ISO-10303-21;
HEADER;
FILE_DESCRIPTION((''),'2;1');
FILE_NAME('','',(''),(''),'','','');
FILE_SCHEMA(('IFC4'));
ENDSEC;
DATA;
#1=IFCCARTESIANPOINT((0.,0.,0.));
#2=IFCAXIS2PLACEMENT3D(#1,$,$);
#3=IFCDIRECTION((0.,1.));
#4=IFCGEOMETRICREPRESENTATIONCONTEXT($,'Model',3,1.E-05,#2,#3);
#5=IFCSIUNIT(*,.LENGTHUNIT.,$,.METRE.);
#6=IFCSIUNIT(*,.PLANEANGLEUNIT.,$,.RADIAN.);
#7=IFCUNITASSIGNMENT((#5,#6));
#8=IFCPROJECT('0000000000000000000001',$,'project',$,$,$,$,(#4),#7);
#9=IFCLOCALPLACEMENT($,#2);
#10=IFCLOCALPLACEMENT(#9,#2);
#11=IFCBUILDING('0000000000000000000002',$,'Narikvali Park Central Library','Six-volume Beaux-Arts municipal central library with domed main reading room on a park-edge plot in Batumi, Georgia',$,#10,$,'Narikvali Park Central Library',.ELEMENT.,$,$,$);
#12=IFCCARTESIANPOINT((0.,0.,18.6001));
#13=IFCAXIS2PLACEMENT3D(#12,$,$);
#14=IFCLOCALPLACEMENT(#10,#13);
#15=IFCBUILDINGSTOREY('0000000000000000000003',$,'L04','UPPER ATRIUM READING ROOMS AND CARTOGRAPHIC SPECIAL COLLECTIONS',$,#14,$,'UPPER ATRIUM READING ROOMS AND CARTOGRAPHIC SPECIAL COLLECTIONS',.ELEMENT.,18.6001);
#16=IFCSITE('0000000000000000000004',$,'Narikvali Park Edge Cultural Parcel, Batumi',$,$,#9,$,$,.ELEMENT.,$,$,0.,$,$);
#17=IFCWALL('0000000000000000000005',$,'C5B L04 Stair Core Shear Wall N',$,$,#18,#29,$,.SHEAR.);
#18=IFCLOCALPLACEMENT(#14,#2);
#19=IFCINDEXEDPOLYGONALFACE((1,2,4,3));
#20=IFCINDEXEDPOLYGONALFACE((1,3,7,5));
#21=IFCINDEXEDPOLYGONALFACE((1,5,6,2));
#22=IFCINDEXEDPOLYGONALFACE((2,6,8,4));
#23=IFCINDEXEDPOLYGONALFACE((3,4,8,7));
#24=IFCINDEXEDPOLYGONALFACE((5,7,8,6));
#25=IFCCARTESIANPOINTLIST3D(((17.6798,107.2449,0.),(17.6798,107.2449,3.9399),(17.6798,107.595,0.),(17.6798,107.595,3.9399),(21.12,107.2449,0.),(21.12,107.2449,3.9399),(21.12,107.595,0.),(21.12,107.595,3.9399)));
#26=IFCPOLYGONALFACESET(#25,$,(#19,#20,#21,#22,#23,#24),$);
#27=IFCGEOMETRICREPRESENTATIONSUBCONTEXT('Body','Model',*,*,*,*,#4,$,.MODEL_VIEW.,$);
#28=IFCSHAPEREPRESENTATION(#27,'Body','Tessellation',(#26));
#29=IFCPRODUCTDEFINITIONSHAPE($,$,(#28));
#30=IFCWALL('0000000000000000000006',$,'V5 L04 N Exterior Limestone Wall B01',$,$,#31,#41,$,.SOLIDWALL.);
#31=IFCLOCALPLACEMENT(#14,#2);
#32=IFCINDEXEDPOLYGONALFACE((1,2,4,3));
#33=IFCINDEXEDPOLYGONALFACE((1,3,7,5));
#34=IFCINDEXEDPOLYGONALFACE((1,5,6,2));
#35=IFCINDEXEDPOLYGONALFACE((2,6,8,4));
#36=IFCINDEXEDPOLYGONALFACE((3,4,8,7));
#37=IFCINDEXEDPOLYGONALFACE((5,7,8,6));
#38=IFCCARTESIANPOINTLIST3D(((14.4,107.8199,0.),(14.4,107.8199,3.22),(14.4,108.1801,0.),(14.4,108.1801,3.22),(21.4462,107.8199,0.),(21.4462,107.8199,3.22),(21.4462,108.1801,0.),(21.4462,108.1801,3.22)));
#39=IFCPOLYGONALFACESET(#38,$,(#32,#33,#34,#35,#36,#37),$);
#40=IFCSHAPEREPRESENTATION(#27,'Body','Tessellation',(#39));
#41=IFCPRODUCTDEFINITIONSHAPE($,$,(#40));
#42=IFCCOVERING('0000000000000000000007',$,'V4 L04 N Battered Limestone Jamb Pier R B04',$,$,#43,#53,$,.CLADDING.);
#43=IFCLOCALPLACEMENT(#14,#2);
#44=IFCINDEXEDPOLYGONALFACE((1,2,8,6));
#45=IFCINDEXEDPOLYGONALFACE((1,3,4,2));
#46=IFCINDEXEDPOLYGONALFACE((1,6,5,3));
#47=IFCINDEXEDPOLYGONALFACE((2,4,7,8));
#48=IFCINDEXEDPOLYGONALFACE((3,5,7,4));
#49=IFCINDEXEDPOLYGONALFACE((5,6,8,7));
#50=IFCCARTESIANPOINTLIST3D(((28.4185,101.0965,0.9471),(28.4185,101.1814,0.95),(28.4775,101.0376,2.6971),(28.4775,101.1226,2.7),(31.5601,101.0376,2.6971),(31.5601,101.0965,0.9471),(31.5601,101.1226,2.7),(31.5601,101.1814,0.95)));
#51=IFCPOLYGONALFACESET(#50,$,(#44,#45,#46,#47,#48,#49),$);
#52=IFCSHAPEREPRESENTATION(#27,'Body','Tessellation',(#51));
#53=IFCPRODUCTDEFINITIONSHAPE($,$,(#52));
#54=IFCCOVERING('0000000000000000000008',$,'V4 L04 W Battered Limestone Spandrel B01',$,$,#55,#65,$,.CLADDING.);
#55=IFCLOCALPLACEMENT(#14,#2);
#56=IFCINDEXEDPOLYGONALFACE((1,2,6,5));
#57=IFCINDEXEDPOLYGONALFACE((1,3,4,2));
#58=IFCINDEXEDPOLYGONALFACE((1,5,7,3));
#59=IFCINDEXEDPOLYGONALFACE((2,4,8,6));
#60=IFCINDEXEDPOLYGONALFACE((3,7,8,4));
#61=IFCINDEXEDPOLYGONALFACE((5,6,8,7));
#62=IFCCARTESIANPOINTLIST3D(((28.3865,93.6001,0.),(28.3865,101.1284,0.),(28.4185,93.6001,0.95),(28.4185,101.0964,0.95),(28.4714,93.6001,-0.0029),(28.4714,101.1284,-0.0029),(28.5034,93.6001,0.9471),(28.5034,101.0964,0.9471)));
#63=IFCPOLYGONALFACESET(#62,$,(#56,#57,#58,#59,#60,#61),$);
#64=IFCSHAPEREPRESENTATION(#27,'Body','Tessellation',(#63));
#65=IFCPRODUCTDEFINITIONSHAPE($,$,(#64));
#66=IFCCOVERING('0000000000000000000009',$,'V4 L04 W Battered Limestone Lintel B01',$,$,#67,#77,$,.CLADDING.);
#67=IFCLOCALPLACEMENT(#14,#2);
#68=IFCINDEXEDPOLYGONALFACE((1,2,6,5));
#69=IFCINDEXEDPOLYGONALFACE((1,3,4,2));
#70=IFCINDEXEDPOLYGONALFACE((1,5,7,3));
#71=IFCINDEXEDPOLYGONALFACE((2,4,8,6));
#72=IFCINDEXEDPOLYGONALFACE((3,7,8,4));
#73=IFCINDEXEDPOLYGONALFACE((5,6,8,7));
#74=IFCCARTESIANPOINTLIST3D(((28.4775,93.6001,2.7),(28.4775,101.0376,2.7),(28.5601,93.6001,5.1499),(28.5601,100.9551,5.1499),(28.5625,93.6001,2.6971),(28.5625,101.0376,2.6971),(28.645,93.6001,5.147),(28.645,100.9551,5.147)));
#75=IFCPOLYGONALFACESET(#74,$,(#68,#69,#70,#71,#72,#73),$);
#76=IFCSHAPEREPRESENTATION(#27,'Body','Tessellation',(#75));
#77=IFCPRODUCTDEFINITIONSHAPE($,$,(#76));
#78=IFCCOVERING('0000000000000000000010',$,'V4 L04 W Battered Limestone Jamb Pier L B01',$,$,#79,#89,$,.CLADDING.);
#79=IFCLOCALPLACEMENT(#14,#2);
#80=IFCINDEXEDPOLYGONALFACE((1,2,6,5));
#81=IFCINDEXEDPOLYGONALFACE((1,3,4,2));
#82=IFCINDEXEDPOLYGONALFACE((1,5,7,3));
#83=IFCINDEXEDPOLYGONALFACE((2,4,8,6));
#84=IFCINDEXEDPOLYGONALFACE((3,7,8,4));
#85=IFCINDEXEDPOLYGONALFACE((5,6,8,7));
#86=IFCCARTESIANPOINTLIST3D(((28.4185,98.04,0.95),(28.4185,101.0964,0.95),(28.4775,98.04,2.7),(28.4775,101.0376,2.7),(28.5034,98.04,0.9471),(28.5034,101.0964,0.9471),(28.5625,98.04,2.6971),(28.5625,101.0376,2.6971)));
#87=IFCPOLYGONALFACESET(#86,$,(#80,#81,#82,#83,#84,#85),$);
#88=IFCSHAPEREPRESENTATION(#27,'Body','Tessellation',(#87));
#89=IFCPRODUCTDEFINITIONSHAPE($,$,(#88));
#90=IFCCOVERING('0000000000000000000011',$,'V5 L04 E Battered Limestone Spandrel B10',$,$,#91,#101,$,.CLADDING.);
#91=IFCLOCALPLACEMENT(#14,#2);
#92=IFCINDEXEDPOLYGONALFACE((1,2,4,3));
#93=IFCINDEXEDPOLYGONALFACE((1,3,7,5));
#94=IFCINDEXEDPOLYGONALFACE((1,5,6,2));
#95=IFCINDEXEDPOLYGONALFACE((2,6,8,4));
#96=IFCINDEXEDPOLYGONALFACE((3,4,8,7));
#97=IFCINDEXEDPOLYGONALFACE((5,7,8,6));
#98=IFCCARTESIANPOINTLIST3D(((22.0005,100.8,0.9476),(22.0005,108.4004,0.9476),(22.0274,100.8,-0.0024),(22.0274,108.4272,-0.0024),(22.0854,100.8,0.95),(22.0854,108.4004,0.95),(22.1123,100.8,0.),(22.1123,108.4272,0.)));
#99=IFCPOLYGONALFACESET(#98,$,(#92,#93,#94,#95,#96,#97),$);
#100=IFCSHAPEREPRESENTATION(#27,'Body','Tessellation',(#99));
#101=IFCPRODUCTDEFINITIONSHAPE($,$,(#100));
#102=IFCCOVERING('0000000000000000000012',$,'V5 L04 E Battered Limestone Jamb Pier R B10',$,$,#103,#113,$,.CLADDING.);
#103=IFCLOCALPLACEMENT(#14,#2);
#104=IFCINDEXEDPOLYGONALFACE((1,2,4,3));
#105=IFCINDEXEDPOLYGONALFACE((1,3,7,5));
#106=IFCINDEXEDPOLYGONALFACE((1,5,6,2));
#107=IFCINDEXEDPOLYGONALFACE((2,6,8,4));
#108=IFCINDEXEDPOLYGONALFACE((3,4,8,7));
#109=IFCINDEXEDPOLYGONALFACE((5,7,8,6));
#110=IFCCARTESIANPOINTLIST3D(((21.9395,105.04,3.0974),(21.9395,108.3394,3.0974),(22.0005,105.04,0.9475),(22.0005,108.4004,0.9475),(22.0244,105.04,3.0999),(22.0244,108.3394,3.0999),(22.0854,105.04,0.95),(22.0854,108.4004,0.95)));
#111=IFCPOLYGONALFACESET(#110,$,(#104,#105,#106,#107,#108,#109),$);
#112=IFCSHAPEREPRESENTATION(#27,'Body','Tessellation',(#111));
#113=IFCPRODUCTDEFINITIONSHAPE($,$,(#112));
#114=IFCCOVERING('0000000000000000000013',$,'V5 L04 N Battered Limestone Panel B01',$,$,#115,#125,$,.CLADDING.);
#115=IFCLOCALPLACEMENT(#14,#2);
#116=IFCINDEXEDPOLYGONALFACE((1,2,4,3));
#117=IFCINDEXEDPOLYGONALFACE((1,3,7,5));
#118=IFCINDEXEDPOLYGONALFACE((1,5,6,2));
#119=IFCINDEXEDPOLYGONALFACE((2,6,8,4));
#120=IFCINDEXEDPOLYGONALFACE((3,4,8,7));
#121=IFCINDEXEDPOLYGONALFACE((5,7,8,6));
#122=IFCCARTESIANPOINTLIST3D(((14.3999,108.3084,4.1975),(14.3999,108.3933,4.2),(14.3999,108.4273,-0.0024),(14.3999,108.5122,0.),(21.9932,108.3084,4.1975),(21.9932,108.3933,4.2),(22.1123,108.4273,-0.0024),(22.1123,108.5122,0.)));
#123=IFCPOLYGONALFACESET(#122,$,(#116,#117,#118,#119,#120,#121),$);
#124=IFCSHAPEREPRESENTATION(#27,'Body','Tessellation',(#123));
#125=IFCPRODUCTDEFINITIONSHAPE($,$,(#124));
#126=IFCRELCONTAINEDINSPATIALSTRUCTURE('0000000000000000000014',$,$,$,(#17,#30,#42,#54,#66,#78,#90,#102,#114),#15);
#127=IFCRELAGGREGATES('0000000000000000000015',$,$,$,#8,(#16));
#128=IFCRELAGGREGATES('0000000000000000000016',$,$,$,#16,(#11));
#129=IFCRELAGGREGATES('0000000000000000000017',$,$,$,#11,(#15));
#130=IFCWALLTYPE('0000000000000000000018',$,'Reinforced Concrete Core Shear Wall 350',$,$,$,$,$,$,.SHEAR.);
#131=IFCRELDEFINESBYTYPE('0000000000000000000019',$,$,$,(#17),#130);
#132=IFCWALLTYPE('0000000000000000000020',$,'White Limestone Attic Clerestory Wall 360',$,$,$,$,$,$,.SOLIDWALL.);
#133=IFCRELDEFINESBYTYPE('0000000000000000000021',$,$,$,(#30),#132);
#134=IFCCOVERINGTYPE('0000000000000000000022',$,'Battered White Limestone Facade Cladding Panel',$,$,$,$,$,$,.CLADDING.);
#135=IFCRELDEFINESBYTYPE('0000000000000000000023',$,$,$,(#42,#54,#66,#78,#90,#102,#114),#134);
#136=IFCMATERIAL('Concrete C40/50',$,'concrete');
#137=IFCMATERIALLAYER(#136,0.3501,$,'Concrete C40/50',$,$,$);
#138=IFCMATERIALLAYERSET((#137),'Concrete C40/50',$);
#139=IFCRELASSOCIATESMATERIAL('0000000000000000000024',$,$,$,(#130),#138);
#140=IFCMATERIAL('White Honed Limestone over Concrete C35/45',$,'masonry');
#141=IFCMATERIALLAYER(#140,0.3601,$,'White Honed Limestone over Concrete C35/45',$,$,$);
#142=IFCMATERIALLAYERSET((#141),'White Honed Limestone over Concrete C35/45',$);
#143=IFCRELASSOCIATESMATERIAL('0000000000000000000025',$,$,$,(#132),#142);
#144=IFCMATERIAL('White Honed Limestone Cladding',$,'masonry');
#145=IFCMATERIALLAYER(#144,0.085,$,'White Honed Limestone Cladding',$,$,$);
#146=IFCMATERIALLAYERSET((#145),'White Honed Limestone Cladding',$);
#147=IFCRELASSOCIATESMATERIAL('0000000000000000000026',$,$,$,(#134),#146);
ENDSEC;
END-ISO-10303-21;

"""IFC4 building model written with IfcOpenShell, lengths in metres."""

from ifc_helpers import new_model, si_unit, direction, frame, frame_2d, origin, place, context, subcontext, project, spatial, polyline, rectangle, outline, extrude, material, layer, layer_set, type_object, element, save


model = new_model("IFC4")

# Units and contexts
model_context = context("Model", 3, precision=1e-05, world=origin(), true_north=direction((0.0, 1.0)))
body_context = subcontext(model_context, "Body", "Model", "MODEL_VIEW")
ifc_project = project(units=[si_unit("LENGTHUNIT", "METRE"), si_unit("PLANEANGLEUNIT", "RADIAN")], contexts=[model_context])

# Site, building, storey
site_placement = place(None, origin())
site = spatial("IfcSite", under=ifc_project, at=site_placement, Name="Narikvali Park Edge Cultural Parcel, Batumi", CompositionType="ELEMENT", RefElevation=0.0)
building_placement = place(site_placement, origin())
building = spatial("IfcBuilding", under=site, at=building_placement, Name="Narikvali Park Central Library", Description="Six-volume Beaux-Arts municipal central library with domed main reading room on a park-edge plot in Batumi, Georgia", LongName="Narikvali Park Central Library", CompositionType="ELEMENT")
storey_placement = place(building_placement, frame((0.0, 0.0, 18.6001)))
storey = spatial("IfcBuildingStorey", under=building, at=storey_placement, Name="L04", Description="UPPER ATRIUM READING ROOMS AND CARTOGRAPHIC SPECIAL COLLECTIONS", LongName="UPPER ATRIUM READING ROOMS AND CARTOGRAPHIC SPECIAL COLLECTIONS", CompositionType="ELEMENT", Elevation=18.6001)

# Walls
ifc_material_1 = material(Name="Concrete C40/50", Category="concrete")
ifc_layer_1 = layer(ifc_material_1, 0.3501, Name="Concrete C40/50")
ifc_layer_set_1 = layer_set([ifc_layer_1], Name="Concrete C40/50")
wall_type_1 = type_object("IfcWallType", Name="Reinforced Concrete Core Shear Wall 350", PredefinedType="SHEAR", material=ifc_layer_set_1)
wall_1_placement = place(storey_placement, frame((21.1201, 107.4199, 0.0), z_axis=(0.0, 0.0, 1.0), x_axis=(-1.0, 0.0, 0.0)))
element("IfcWall", 1, at=wall_1_placement, inside=storey, type_object=wall_type_1, Name="C5B L04 Stair Core Shear Wall N", PredefinedType="SHEAR", context=body_context, shape_type="SweptSolid", body=[
    extrude(rectangle(XDim=3.4402, YDim=0.3501, at=frame_2d((1.7202, 0.0))), origin(), (0.0, 0.0, 1.0), 3.9399),
])
ifc_material_2 = material(Name="White Honed Limestone over Concrete C35/45", Category="masonry")
ifc_layer_2 = layer(ifc_material_2, 0.3601, Name="White Honed Limestone over Concrete C35/45")
ifc_layer_set_2 = layer_set([ifc_layer_2], Name="White Honed Limestone over Concrete C35/45")
wall_type_2 = type_object("IfcWallType", Name="White Limestone Attic Clerestory Wall 360", PredefinedType="SOLIDWALL", material=ifc_layer_set_2)
wall_2_placement = place(storey_placement, frame((21.446, 108.0, 0.0), z_axis=(0.0, 0.0, 1.0), x_axis=(-1.0, 0.0, 0.0)))
element("IfcWall", 2, at=wall_2_placement, inside=storey, type_object=wall_type_2, Name="V5 L04 N Exterior Limestone Wall B01", PredefinedType="SOLIDWALL", context=body_context, shape_type="SweptSolid", body=[
    extrude(rectangle(XDim=7.0461, YDim=0.3601, at=frame_2d((3.5229, 0.0))), origin(), (0.0, 0.0, 1.0), 3.22),
])

# Coverings
ifc_material_3 = material(Name="White Honed Limestone Cladding", Category="masonry")
ifc_layer_3 = layer(ifc_material_3, 0.085, Name="White Honed Limestone Cladding")
ifc_layer_set_3 = layer_set([ifc_layer_3], Name="White Honed Limestone Cladding")
covering_type = type_object("IfcCoveringType", Name="Battered White Limestone Facade Cladding Panel", PredefinedType="CLADDING", material=ifc_layer_set_3)
covering_1_placement = place(storey_placement, frame((31.5601, 101.1814, 0.95), z_axis=(0.0, 0.999435, 0.033603), x_axis=(-1.0, 0.0, 0.0)))
element("IfcCovering", 3, at=covering_1_placement, inside=storey, type_object=covering_type, Name="V4 L04 N Battered Limestone Jamb Pier R B04", PredefinedType="CLADDING", context=body_context, shape_type="SweptSolid", body=[
    extrude(outline(polyline([(0.0, 0.0), (3.1416, 0.0), (3.0825, 1.751), (0.0, 1.751), (0.0, 0.0)])), origin(), (0.0, 0.0, -1.0), 0.085),
])
covering_2_placement = place(storey_placement, frame((28.3865, 101.1284, 0.0), z_axis=(-0.999434, 0.0, 0.033648), x_axis=(0.0, -1.0, 0.0)))
element("IfcCovering", 4, at=covering_2_placement, inside=storey, type_object=covering_type, Name="V4 L04 W Battered Limestone Spandrel B01", PredefinedType="CLADDING", context=body_context, shape_type="SweptSolid", body=[
    extrude(outline(polyline([(0.0, 0.0), (7.5283, 0.0), (7.5283, 0.9505), (0.032, 0.9505), (0.0, 0.0)])), origin(), (0.0, 0.0, -1.0), 0.085),
])
covering_3_placement = place(storey_placement, frame((28.4775, 101.0376, 2.7), z_axis=(-0.999433, 0.0, 0.033663), x_axis=(0.0, -1.0, 0.0)))
element("IfcCovering", 5, at=covering_3_placement, inside=storey, type_object=covering_type, Name="V4 L04 W Battered Limestone Lintel B01", PredefinedType="CLADDING", context=body_context, shape_type="SweptSolid", body=[
    extrude(outline(polyline([(0.0, 0.0), (7.4375, 0.0), (7.4375, 2.4513), (0.0825, 2.4513), (0.0, 0.0)])), origin(), (0.0, 0.0, -1.0), 0.085),
])
covering_4_placement = place(storey_placement, frame((28.4185, 101.0964, 0.95), z_axis=(-0.999431, 0.0, 0.033742), x_axis=(0.0, -1.0, 0.0)))
element("IfcCovering", 6, at=covering_4_placement, inside=storey, type_object=covering_type, Name="V4 L04 W Battered Limestone Jamb Pier L B01", PredefinedType="CLADDING", context=body_context, shape_type="SweptSolid", body=[
    extrude(outline(polyline([(0.0, 0.0), (3.0564, 0.0), (3.0564, 1.751), (0.0588, 1.751), (0.0, 0.0)])), origin(), (0.0, 0.0, -1.0), 0.085),
])
covering_5_placement = place(storey_placement, frame((22.1123, 100.8, 0.0), z_axis=(0.999601, 0.0, 0.028259), x_axis=(0.0, 1.0, 0.0)))
element("IfcCovering", 7, at=covering_5_placement, inside=storey, type_object=covering_type, Name="V5 L04 E Battered Limestone Spandrel B10", PredefinedType="CLADDING", context=body_context, shape_type="SweptSolid", body=[
    extrude(outline(polyline([(0.0, 0.0), (7.6272, 0.0), (7.6003, 0.9503), (0.0, 0.9503), (0.0, 0.0)])), origin(), (0.0, 0.0, -1.0), 0.085),
])
covering_6_placement = place(storey_placement, frame((22.0854, 105.04, 0.95), z_axis=(0.999597, 0.0, 0.028378), x_axis=(0.0, 1.0, 0.0)))
element("IfcCovering", 8, at=covering_6_placement, inside=storey, type_object=covering_type, Name="V5 L04 E Battered Limestone Jamb Pier R B10", PredefinedType="CLADDING", context=body_context, shape_type="SweptSolid", body=[
    extrude(outline(polyline([(0.0, 0.0), (3.3604, 0.0), (3.2993, 2.1508), (0.0, 2.1508), (0.0, 0.0)])), origin(), (0.0, 0.0, -1.0), 0.085),
])
covering_7_placement = place(storey_placement, frame((22.1123, 108.5122, 0.0), z_axis=(0.0, 0.9996, 0.028298), x_axis=(-1.0, 0.0, 0.0)))
element("IfcCovering", 9, at=covering_7_placement, inside=storey, type_object=covering_type, Name="V5 L04 N Battered Limestone Panel B01", PredefinedType="CLADDING", context=body_context, shape_type="SweptSolid", body=[
    extrude(outline(polyline([(0.0, 0.0), (7.7124, 0.0), (7.7124, 4.2016), (0.1191, 4.2016), (0.0, 0.0)])), origin(), (0.0, 0.0, -1.0), 0.085),
])

save(model, "model.ifc")
